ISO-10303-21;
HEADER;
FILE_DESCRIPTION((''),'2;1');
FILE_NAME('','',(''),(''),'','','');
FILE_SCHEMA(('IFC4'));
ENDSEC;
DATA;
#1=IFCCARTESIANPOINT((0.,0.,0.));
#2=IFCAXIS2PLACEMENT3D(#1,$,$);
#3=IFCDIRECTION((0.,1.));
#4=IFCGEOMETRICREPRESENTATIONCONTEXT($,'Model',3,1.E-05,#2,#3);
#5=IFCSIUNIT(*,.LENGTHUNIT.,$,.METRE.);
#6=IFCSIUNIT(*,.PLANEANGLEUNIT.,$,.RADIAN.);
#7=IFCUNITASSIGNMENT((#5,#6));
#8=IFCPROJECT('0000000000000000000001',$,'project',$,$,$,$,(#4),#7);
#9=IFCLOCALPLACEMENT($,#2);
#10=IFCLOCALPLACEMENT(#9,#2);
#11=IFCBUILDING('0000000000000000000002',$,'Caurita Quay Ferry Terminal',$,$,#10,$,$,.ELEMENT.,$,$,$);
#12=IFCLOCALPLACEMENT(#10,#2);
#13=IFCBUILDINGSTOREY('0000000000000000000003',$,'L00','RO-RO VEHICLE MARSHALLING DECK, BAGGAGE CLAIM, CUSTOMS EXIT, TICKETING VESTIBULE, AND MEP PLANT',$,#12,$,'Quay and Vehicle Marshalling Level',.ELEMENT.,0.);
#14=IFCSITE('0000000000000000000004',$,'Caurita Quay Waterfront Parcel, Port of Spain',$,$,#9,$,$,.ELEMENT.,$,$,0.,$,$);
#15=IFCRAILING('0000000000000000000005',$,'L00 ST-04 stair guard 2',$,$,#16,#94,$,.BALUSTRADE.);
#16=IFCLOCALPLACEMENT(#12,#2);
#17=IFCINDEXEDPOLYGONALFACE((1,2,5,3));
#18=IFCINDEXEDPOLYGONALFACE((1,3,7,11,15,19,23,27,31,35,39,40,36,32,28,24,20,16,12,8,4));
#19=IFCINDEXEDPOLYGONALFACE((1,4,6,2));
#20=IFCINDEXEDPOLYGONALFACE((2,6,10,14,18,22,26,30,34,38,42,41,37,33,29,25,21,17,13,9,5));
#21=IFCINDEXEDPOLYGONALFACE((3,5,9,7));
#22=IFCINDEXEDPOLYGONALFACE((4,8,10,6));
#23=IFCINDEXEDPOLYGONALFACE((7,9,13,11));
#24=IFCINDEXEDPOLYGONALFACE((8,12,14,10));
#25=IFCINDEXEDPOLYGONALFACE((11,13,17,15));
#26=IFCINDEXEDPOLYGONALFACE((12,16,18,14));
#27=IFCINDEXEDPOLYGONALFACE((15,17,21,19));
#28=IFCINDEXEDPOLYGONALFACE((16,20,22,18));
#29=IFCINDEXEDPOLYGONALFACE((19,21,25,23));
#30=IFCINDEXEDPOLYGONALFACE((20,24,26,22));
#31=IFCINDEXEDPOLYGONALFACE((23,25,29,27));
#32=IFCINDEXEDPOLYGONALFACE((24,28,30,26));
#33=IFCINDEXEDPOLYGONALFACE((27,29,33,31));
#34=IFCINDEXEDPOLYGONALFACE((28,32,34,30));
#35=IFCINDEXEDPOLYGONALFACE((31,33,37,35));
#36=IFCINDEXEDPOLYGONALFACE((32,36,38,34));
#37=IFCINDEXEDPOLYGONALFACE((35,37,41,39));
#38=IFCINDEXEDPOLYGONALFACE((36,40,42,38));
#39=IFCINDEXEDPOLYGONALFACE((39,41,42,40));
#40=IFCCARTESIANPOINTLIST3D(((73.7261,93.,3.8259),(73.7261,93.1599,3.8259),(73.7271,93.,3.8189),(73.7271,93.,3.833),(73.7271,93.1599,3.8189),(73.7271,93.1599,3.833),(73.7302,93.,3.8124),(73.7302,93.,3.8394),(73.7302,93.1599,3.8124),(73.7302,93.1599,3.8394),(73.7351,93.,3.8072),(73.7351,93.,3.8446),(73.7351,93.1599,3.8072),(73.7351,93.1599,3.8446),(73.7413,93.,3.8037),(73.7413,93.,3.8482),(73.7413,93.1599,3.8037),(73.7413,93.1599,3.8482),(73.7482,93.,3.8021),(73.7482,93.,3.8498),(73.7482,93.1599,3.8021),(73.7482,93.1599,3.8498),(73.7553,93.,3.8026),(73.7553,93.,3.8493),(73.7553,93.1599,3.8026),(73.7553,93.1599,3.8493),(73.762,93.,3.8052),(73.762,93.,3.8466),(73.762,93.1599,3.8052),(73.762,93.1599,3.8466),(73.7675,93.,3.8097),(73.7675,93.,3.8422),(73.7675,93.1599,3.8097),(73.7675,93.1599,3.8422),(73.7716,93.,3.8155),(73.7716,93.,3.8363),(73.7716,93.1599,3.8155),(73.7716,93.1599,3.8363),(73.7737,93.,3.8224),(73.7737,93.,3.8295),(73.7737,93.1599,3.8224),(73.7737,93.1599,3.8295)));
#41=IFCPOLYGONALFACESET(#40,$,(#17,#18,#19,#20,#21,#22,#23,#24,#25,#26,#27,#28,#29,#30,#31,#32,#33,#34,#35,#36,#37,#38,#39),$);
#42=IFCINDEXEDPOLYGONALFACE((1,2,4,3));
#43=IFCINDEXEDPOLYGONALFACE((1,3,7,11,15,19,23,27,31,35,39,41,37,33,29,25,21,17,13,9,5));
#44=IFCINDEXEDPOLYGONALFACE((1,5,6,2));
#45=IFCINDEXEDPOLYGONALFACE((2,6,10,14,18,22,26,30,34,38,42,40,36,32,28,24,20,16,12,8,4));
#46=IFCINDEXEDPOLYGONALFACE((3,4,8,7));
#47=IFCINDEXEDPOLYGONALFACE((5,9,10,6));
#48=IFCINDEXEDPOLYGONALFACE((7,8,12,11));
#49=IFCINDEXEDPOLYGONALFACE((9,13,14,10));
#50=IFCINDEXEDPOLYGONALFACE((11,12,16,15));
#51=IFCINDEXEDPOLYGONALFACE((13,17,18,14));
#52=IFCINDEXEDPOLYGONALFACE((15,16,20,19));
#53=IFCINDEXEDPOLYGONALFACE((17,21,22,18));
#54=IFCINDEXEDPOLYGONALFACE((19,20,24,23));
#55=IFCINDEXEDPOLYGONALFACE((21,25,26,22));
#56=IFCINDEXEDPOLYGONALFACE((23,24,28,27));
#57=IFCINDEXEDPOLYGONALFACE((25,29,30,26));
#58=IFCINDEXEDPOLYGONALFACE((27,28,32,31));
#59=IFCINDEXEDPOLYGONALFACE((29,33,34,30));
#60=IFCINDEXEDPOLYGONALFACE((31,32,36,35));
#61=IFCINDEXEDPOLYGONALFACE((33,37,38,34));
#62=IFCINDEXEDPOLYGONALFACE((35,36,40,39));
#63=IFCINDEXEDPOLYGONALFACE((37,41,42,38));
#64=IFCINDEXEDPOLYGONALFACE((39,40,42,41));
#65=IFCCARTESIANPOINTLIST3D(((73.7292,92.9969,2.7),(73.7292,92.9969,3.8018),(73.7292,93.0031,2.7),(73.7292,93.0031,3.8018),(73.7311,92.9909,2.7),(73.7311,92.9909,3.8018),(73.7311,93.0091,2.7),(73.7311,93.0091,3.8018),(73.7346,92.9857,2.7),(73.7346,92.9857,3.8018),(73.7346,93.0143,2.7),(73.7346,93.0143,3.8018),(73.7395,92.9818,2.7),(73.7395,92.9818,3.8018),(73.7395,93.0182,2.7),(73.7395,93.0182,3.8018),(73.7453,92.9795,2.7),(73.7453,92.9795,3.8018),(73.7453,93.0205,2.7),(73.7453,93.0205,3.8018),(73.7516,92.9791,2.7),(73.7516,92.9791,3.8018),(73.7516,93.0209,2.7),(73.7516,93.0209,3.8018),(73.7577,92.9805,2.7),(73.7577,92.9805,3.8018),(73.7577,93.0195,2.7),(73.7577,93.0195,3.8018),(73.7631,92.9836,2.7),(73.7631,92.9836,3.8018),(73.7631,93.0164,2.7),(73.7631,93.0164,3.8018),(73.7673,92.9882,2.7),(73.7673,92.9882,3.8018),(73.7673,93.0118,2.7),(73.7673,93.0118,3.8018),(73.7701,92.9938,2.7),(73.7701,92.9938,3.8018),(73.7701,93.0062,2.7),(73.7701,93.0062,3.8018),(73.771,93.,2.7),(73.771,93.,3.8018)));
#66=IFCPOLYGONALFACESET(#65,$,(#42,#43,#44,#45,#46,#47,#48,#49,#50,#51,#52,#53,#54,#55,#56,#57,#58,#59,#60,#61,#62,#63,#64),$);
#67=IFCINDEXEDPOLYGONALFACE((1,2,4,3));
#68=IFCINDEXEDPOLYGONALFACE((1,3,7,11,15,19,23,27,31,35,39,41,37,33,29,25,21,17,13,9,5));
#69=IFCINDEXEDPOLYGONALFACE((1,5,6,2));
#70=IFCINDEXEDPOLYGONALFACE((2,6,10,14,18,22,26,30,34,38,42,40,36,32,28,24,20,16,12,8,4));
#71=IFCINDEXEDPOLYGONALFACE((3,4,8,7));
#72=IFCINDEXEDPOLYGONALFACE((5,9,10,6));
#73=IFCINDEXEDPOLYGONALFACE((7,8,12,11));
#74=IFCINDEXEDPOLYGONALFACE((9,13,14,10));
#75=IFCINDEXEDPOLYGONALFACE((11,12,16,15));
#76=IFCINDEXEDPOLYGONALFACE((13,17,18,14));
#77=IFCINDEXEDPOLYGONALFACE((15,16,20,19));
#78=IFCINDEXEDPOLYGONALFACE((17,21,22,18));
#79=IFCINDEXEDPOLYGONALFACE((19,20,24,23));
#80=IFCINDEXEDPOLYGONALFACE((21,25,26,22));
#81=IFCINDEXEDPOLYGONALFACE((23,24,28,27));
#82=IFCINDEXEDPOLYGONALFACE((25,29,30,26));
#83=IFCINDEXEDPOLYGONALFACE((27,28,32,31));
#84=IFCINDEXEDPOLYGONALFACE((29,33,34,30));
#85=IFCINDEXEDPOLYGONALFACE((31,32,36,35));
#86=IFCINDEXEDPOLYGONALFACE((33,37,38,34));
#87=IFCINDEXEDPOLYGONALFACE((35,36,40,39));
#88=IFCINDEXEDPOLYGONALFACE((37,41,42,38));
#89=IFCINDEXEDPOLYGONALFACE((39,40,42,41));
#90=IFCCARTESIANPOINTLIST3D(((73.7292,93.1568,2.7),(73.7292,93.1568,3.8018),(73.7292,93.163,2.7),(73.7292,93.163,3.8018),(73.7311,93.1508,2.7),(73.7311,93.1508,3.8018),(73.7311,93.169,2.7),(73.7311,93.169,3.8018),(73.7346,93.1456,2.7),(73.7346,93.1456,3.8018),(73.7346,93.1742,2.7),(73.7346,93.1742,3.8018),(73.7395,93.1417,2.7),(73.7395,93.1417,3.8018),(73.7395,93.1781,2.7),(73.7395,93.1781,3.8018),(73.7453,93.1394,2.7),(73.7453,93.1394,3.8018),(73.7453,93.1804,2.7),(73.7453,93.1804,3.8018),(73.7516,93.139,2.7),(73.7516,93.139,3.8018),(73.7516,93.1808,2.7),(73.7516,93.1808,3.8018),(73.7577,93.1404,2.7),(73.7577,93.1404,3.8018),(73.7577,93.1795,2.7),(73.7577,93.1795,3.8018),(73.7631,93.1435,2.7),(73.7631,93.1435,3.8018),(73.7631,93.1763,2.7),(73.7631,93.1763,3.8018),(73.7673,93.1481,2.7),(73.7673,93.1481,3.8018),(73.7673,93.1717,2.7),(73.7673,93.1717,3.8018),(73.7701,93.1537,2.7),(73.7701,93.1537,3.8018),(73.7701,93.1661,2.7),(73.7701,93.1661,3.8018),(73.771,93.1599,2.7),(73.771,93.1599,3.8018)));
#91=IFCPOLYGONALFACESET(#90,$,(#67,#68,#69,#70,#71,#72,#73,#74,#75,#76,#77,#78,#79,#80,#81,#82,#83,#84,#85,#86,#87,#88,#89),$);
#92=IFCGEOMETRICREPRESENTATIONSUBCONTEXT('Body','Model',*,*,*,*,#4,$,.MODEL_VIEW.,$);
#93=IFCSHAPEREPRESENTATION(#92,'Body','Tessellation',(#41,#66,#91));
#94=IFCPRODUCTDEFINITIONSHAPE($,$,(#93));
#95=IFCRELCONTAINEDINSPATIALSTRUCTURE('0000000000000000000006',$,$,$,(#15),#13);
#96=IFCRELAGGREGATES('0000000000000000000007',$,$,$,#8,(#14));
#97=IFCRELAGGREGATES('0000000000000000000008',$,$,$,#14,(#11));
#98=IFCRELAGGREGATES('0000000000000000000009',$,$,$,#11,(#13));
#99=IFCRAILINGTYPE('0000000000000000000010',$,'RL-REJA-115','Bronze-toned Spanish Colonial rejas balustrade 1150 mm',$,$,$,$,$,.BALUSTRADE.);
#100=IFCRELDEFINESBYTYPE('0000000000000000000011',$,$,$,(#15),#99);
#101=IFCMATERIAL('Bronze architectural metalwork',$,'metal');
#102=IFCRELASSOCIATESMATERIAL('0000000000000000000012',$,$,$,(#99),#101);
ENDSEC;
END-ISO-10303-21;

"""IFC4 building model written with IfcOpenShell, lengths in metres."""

from ifc_helpers import new_model, si_unit, direction, frame, origin, origin_2d, place, context, subcontext, project, spatial, circle, extrude, material, type_object, element, save


model = new_model("IFC4")

# Units and contexts
model_context = context("Model", 3, precision=1e-05, world=origin(), true_north=direction((0.0, 1.0)))
body_context = subcontext(model_context, "Body", "Model", "MODEL_VIEW")
ifc_project = project(units=[si_unit("LENGTHUNIT", "METRE"), si_unit("PLANEANGLEUNIT", "RADIAN")], contexts=[model_context])

# Site, building, storey
site_placement = place(None, origin())
site = spatial("IfcSite", under=ifc_project, at=site_placement, Name="Caurita Quay Waterfront Parcel, Port of Spain", CompositionType="ELEMENT", RefElevation=0.0)
building_placement = place(site_placement, origin())
building = spatial("IfcBuilding", under=site, at=building_placement, Name="Caurita Quay Ferry Terminal", CompositionType="ELEMENT")
storey_placement = place(building_placement, origin())
storey = spatial("IfcBuildingStorey", under=building, at=storey_placement, Name="L00", Description="RO-RO VEHICLE MARSHALLING DECK, BAGGAGE CLAIM, CUSTOMS EXIT, TICKETING VESTIBULE, AND MEP PLANT", LongName="Quay and Vehicle Marshalling Level", CompositionType="ELEMENT", Elevation=0.0)

# Railing
ifc_material_1 = material(Name="Bronze architectural metalwork", Category="metal")
railing_type_1 = type_object("IfcRailingType", Name="RL-REJA-115", Description="Bronze-toned Spanish Colonial rejas balustrade 1150 mm", PredefinedType="BALUSTRADE", material=ifc_material_1)
railing_1_placement = place(storey_placement, frame((73.75, 93.0, 2.7)))
element("IfcRailing", 1, at=railing_1_placement, inside=storey, type_object=railing_type_1, Name="L00 ST-04 stair guard 2", PredefinedType="BALUSTRADE", context=body_context, shape_type="SweptSolid", body=[
    extrude(circle(Radius=0.0239, at=origin_2d()), frame((0.0, 0.0, 1.126), z_axis=(0.0, 1.0, 0.0), x_axis=(-1.0, 0.0, 0.0)), (0.0, 0.0, 1.0), 0.1599),
    extrude(circle(Radius=0.021, at=origin_2d()), origin(), (0.0, 0.0, 1.0), 1.1018),
    extrude(circle(Radius=0.021, at=origin_2d()), frame((0.0, 0.1599, 0.0)), (0.0, 0.0, 1.0), 1.1018),
])

save(model, "model.ifc")
